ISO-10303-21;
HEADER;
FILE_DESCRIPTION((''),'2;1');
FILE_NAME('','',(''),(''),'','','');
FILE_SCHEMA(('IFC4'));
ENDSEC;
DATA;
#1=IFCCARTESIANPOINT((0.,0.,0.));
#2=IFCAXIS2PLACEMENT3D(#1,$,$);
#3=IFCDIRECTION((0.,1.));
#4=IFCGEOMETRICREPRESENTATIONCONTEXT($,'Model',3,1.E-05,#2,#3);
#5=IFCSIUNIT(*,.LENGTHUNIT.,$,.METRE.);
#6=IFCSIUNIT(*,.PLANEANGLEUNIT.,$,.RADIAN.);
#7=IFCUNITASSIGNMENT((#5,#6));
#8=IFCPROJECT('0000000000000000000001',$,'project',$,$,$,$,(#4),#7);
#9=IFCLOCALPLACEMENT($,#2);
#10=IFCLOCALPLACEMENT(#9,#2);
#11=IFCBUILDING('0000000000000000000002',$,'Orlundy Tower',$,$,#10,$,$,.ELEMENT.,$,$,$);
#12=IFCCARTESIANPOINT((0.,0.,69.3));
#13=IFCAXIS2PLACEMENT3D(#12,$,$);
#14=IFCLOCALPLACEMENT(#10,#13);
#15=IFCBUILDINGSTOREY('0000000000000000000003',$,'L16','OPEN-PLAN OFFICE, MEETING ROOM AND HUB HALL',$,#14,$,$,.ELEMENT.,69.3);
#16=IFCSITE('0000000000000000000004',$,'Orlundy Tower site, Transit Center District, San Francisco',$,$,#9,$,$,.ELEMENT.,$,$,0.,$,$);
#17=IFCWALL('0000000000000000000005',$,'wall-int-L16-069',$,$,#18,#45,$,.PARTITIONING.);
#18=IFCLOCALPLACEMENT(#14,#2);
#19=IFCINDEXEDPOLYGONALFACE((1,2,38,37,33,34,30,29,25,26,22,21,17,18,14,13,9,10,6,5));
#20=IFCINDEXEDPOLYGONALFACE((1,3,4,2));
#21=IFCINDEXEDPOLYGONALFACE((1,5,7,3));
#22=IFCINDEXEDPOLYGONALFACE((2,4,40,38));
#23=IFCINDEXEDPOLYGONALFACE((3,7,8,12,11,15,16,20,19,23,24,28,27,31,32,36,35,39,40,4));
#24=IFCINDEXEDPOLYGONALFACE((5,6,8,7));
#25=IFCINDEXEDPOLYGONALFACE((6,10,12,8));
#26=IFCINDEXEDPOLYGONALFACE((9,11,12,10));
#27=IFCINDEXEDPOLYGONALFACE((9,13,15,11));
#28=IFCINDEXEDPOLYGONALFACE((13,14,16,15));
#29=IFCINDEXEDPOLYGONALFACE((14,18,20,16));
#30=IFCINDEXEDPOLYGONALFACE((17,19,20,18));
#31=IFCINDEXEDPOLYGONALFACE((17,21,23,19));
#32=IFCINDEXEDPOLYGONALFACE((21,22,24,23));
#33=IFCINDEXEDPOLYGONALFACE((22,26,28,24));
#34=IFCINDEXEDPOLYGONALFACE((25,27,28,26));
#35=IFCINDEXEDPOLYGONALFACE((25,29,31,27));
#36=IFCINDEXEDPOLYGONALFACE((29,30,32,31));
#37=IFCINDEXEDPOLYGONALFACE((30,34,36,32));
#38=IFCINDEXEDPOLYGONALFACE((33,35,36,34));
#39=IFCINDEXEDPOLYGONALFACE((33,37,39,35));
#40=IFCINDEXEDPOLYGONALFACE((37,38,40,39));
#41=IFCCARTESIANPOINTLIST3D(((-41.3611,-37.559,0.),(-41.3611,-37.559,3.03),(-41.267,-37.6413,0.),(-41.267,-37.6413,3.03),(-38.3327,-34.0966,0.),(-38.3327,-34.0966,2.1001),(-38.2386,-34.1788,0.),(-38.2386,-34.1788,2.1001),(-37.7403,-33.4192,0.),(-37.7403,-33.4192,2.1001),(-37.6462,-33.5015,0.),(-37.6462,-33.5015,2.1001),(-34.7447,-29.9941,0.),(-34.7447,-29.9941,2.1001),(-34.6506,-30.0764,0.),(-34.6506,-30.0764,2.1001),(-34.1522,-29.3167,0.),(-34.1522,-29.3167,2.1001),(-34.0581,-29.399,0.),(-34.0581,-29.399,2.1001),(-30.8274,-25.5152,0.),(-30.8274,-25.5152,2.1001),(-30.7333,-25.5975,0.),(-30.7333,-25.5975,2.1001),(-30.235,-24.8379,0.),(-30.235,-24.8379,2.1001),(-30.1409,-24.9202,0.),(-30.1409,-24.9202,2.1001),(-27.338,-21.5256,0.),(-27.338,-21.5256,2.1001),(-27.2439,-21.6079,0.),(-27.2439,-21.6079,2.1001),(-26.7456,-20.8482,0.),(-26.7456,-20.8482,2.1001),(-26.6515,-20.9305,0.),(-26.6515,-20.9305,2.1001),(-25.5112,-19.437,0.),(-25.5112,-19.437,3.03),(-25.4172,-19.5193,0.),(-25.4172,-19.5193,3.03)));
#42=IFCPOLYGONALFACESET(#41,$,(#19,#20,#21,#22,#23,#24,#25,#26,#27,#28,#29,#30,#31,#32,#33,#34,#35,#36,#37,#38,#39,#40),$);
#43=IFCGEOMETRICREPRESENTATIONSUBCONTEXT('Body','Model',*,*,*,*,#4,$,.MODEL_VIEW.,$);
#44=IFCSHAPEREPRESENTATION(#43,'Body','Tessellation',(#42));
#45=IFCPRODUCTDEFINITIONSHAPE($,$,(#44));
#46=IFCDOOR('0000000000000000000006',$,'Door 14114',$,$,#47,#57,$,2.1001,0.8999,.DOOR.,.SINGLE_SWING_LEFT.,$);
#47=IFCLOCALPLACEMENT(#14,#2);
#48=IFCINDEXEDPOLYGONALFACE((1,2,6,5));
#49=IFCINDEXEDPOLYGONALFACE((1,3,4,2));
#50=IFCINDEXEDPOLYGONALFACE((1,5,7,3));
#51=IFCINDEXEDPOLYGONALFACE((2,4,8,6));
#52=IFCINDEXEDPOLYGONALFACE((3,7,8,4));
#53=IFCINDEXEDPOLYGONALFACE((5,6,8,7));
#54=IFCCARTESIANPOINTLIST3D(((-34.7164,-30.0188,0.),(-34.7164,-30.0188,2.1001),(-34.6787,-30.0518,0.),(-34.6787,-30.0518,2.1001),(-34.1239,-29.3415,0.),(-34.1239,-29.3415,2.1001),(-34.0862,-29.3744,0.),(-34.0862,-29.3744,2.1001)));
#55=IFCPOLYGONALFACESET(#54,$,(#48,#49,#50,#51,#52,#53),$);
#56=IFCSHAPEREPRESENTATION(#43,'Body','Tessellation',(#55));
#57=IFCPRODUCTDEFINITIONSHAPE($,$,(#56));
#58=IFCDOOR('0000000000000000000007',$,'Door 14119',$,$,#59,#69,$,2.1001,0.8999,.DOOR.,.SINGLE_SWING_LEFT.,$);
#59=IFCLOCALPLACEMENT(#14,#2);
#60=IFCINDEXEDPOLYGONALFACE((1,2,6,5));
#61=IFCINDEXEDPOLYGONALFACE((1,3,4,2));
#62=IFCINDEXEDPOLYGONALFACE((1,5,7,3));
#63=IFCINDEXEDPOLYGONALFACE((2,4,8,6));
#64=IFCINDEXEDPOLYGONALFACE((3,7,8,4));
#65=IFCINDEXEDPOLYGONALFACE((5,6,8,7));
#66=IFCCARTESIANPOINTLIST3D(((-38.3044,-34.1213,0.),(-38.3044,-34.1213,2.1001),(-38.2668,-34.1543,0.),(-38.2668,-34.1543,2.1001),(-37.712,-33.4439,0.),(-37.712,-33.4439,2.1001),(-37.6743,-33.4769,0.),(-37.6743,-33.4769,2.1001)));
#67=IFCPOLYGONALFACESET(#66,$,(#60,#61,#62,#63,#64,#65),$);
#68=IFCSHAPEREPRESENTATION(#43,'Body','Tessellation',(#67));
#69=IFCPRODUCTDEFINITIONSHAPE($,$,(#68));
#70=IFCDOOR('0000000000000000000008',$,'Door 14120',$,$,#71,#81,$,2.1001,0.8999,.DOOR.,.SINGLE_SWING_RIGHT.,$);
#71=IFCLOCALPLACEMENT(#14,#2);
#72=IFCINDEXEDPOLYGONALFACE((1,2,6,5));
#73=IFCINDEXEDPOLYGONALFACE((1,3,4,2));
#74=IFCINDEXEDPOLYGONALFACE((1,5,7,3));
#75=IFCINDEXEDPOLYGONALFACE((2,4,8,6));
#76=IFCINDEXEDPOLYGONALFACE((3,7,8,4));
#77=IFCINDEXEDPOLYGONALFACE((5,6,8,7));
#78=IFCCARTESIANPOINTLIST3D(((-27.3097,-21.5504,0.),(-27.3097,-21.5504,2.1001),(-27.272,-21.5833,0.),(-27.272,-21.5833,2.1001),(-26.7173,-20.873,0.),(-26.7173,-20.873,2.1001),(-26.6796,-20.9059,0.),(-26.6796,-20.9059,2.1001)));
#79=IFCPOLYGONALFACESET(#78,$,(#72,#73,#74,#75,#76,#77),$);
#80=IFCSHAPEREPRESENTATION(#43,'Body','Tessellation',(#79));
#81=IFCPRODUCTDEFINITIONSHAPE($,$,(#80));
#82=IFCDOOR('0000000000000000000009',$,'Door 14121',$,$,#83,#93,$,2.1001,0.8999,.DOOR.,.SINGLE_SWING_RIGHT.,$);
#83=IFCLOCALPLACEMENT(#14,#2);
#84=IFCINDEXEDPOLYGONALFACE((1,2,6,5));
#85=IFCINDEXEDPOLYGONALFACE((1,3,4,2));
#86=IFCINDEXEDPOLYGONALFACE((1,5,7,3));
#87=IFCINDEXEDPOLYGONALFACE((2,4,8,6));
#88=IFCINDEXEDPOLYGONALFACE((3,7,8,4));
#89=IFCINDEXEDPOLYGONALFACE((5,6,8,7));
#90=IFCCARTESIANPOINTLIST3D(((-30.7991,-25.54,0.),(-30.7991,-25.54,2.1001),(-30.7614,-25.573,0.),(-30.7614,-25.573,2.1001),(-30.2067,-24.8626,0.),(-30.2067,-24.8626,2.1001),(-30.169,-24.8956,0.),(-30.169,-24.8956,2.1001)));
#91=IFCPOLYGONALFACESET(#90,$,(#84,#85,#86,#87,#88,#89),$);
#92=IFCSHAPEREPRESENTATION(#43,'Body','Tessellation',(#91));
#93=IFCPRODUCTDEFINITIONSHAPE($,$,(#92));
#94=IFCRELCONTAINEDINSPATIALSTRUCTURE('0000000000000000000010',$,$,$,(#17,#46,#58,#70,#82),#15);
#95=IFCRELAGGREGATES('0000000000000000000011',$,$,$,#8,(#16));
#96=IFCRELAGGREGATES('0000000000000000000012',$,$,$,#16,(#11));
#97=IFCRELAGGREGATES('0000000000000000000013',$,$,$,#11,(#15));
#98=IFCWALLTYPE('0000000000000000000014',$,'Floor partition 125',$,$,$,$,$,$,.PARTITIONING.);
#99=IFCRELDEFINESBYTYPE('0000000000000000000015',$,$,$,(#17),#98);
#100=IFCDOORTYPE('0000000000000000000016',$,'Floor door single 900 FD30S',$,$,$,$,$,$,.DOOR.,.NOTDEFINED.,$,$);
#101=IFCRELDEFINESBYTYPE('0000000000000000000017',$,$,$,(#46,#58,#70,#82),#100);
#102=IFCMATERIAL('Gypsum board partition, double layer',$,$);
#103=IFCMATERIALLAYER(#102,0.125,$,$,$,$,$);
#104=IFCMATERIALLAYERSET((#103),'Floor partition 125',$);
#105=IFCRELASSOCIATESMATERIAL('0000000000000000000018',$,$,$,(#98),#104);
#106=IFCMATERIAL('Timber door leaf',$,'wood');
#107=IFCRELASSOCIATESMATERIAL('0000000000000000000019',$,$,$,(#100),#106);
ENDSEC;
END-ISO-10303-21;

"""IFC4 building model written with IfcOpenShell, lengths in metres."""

from ifc_helpers import new_model, si_unit, direction, frame, frame_2d, origin, place, context, subcontext, project, spatial, rectangle, extrude, material, layer, layer_set, type_object, element, fill, save


model = new_model("IFC4")

# Units and contexts
model_context = context("Model", 3, precision=1e-05, world=origin(), true_north=direction((0.0, 1.0)))
body_context = subcontext(model_context, "Body", "Model", "MODEL_VIEW")
ifc_project = project(units=[si_unit("LENGTHUNIT", "METRE"), si_unit("PLANEANGLEUNIT", "RADIAN")], contexts=[model_context])

# Site, building, storey
site_placement = place(None, origin())
site = spatial("IfcSite", under=ifc_project, at=site_placement, Name="Orlundy Tower site, Transit Center District, San Francisco", CompositionType="ELEMENT", RefElevation=0.0)
building_placement = place(site_placement, origin())
building = spatial("IfcBuilding", under=site, at=building_placement, Name="Orlundy Tower", CompositionType="ELEMENT")
storey_placement = place(building_placement, frame((0.0, 0.0, 69.3)))
storey = spatial("IfcBuildingStorey", under=building, at=storey_placement, Name="L16", Description="OPEN-PLAN OFFICE, MEETING ROOM AND HUB HALL", CompositionType="ELEMENT", Elevation=69.3)

# Shared definitions
ifc_material_1 = material(Name="Gypsum board partition, double layer")
ifc_layer_1 = layer(ifc_material_1, 0.125)
ifc_layer_set_1 = layer_set([ifc_layer_1], Name="Floor partition 125")
wall_type_1 = type_object("IfcWallType", Name="Floor partition 125", PredefinedType="PARTITIONING", material=ifc_layer_set_1)

# Wall, openings, doors
wall_1_placement = place(storey_placement, frame((-41.314, -37.6001, 0.0), z_axis=(0.0, 0.0, 1.0), x_axis=(0.658341, 0.75272, 0.0)))
wall_1 = element("IfcWall", 1, at=wall_1_placement, inside=storey, type_object=wall_type_1, Name="wall-int-L16-069", PredefinedType="PARTITIONING", context=body_context, shape_type="SweptSolid", body=[
    extrude(rectangle(XDim=24.0754, YDim=0.125, at=frame_2d((12.0376, 0.0))), origin(), (0.0, 0.0, 1.0), 3.03),
])
opening_1_placement = place(wall_1_placement, frame((10.05, 0.0, 0.0)))
opening_1 = element("IfcOpeningElement", 2, at=opening_1_placement, cuts=wall_1, PredefinedType="OPENING", context=body_context, shape_type="SweptSolid", body=[
    extrude(rectangle(XDim=0.8999, YDim=2.1001, at=frame_2d((0.45, 1.05))), frame((0.0, 0.0725, 0.0), z_axis=(0.0, -1.0, 0.0), x_axis=(1.0, 0.0, 0.0)), (0.0, 0.0, 1.0), 0.145),
])
opening_2_placement = place(wall_1_placement, frame((4.5999, 0.0, 0.0)))
opening_2 = element("IfcOpeningElement", 3, at=opening_2_placement, cuts=wall_1, PredefinedType="OPENING", context=body_context, shape_type="SweptSolid", body=[
    extrude(rectangle(XDim=0.8999, YDim=2.1001, at=frame_2d((0.45, 1.05))), frame((0.0, 0.0725, 0.0), z_axis=(0.0, -1.0, 0.0), x_axis=(1.0, 0.0, 0.0)), (0.0, 0.0, 1.0), 0.145),
])
opening_3_placement = place(wall_1_placement, frame((21.3005, 0.0, 0.0)))
opening_3 = element("IfcOpeningElement", 4, at=opening_3_placement, cuts=wall_1, PredefinedType="OPENING", context=body_context, shape_type="SweptSolid", body=[
    extrude(rectangle(XDim=0.8999, YDim=2.1001, at=frame_2d((0.45, 1.05))), frame((0.0, 0.0725, 0.0), z_axis=(0.0, -1.0, 0.0), x_axis=(1.0, 0.0, 0.0)), (0.0, 0.0, 1.0), 0.145),
])
opening_4_placement = place(wall_1_placement, frame((16.0002, 0.0, 0.0)))
opening_4 = element("IfcOpeningElement", 5, at=opening_4_placement, cuts=wall_1, PredefinedType="OPENING", context=body_context, shape_type="SweptSolid", body=[
    extrude(rectangle(XDim=0.8999, YDim=2.1001, at=frame_2d((0.45, 1.05))), frame((0.0, 0.0725, 0.0), z_axis=(0.0, -1.0, 0.0), x_axis=(1.0, 0.0, 0.0)), (0.0, 0.0, 1.0), 0.145),
])
ifc_material_2 = material(Name="Timber door leaf", Category="wood")
door_type = type_object("IfcDoorType", Name="Floor door single 900 FD30S", OperationType="NOTDEFINED", PredefinedType="DOOR", material=ifc_material_2)
door_1_placement = place(opening_1_placement, origin())
door_1 = element("IfcDoor", 6, at=door_1_placement, inside=storey, type_object=door_type, Name="Door 14114", OperationType="SINGLE_SWING_LEFT", OverallHeight=2.1001, OverallWidth=0.8999, PredefinedType="DOOR", context=body_context, shape_type="SweptSolid", body=[
    extrude(rectangle(XDim=0.8999, YDim=2.1001, at=frame_2d((0.45, 1.05))), frame((0.0, 0.0249, 0.0), z_axis=(0.0, -1.0, 0.0), x_axis=(1.0, 0.0, 0.0)), (0.0, 0.0, 1.0), 0.05),
])
fill(opening_1, door_1)
door_2_placement = place(opening_2_placement, origin())
door_2 = element("IfcDoor", 7, at=door_2_placement, inside=storey, type_object=door_type, Name="Door 14119", OperationType="SINGLE_SWING_LEFT", OverallHeight=2.1001, OverallWidth=0.8999, PredefinedType="DOOR", context=body_context, shape_type="SweptSolid", body=[
    extrude(rectangle(XDim=0.8999, YDim=2.1001, at=frame_2d((0.45, 1.05))), frame((0.0, 0.0249, 0.0), z_axis=(0.0, -1.0, 0.0), x_axis=(1.0, 0.0, 0.0)), (0.0, 0.0, 1.0), 0.05),
])
fill(opening_2, door_2)
door_3_placement = place(opening_3_placement, origin())
door_3 = element("IfcDoor", 8, at=door_3_placement, inside=storey, type_object=door_type, Name="Door 14120", OperationType="SINGLE_SWING_RIGHT", OverallHeight=2.1001, OverallWidth=0.8999, PredefinedType="DOOR", context=body_context, shape_type="SweptSolid", body=[
    extrude(rectangle(XDim=0.8999, YDim=2.1001, at=frame_2d((0.45, 1.05))), frame((0.0, 0.0249, 0.0), z_axis=(0.0, -1.0, 0.0), x_axis=(1.0, 0.0, 0.0)), (0.0, 0.0, 1.0), 0.05),
])
fill(opening_3, door_3)
door_4_placement = place(opening_4_placement, origin())
door_4 = element("IfcDoor", 9, at=door_4_placement, inside=storey, type_object=door_type, Name="Door 14121", OperationType="SINGLE_SWING_RIGHT", OverallHeight=2.1001, OverallWidth=0.8999, PredefinedType="DOOR", context=body_context, shape_type="SweptSolid", body=[
    extrude(rectangle(XDim=0.8999, YDim=2.1001, at=frame_2d((0.45, 1.05))), frame((0.0, 0.0249, 0.0), z_axis=(0.0, -1.0, 0.0), x_axis=(1.0, 0.0, 0.0)), (0.0, 0.0, 1.0), 0.05),
])
fill(opening_4, door_4)

save(model, "model.ifc")
